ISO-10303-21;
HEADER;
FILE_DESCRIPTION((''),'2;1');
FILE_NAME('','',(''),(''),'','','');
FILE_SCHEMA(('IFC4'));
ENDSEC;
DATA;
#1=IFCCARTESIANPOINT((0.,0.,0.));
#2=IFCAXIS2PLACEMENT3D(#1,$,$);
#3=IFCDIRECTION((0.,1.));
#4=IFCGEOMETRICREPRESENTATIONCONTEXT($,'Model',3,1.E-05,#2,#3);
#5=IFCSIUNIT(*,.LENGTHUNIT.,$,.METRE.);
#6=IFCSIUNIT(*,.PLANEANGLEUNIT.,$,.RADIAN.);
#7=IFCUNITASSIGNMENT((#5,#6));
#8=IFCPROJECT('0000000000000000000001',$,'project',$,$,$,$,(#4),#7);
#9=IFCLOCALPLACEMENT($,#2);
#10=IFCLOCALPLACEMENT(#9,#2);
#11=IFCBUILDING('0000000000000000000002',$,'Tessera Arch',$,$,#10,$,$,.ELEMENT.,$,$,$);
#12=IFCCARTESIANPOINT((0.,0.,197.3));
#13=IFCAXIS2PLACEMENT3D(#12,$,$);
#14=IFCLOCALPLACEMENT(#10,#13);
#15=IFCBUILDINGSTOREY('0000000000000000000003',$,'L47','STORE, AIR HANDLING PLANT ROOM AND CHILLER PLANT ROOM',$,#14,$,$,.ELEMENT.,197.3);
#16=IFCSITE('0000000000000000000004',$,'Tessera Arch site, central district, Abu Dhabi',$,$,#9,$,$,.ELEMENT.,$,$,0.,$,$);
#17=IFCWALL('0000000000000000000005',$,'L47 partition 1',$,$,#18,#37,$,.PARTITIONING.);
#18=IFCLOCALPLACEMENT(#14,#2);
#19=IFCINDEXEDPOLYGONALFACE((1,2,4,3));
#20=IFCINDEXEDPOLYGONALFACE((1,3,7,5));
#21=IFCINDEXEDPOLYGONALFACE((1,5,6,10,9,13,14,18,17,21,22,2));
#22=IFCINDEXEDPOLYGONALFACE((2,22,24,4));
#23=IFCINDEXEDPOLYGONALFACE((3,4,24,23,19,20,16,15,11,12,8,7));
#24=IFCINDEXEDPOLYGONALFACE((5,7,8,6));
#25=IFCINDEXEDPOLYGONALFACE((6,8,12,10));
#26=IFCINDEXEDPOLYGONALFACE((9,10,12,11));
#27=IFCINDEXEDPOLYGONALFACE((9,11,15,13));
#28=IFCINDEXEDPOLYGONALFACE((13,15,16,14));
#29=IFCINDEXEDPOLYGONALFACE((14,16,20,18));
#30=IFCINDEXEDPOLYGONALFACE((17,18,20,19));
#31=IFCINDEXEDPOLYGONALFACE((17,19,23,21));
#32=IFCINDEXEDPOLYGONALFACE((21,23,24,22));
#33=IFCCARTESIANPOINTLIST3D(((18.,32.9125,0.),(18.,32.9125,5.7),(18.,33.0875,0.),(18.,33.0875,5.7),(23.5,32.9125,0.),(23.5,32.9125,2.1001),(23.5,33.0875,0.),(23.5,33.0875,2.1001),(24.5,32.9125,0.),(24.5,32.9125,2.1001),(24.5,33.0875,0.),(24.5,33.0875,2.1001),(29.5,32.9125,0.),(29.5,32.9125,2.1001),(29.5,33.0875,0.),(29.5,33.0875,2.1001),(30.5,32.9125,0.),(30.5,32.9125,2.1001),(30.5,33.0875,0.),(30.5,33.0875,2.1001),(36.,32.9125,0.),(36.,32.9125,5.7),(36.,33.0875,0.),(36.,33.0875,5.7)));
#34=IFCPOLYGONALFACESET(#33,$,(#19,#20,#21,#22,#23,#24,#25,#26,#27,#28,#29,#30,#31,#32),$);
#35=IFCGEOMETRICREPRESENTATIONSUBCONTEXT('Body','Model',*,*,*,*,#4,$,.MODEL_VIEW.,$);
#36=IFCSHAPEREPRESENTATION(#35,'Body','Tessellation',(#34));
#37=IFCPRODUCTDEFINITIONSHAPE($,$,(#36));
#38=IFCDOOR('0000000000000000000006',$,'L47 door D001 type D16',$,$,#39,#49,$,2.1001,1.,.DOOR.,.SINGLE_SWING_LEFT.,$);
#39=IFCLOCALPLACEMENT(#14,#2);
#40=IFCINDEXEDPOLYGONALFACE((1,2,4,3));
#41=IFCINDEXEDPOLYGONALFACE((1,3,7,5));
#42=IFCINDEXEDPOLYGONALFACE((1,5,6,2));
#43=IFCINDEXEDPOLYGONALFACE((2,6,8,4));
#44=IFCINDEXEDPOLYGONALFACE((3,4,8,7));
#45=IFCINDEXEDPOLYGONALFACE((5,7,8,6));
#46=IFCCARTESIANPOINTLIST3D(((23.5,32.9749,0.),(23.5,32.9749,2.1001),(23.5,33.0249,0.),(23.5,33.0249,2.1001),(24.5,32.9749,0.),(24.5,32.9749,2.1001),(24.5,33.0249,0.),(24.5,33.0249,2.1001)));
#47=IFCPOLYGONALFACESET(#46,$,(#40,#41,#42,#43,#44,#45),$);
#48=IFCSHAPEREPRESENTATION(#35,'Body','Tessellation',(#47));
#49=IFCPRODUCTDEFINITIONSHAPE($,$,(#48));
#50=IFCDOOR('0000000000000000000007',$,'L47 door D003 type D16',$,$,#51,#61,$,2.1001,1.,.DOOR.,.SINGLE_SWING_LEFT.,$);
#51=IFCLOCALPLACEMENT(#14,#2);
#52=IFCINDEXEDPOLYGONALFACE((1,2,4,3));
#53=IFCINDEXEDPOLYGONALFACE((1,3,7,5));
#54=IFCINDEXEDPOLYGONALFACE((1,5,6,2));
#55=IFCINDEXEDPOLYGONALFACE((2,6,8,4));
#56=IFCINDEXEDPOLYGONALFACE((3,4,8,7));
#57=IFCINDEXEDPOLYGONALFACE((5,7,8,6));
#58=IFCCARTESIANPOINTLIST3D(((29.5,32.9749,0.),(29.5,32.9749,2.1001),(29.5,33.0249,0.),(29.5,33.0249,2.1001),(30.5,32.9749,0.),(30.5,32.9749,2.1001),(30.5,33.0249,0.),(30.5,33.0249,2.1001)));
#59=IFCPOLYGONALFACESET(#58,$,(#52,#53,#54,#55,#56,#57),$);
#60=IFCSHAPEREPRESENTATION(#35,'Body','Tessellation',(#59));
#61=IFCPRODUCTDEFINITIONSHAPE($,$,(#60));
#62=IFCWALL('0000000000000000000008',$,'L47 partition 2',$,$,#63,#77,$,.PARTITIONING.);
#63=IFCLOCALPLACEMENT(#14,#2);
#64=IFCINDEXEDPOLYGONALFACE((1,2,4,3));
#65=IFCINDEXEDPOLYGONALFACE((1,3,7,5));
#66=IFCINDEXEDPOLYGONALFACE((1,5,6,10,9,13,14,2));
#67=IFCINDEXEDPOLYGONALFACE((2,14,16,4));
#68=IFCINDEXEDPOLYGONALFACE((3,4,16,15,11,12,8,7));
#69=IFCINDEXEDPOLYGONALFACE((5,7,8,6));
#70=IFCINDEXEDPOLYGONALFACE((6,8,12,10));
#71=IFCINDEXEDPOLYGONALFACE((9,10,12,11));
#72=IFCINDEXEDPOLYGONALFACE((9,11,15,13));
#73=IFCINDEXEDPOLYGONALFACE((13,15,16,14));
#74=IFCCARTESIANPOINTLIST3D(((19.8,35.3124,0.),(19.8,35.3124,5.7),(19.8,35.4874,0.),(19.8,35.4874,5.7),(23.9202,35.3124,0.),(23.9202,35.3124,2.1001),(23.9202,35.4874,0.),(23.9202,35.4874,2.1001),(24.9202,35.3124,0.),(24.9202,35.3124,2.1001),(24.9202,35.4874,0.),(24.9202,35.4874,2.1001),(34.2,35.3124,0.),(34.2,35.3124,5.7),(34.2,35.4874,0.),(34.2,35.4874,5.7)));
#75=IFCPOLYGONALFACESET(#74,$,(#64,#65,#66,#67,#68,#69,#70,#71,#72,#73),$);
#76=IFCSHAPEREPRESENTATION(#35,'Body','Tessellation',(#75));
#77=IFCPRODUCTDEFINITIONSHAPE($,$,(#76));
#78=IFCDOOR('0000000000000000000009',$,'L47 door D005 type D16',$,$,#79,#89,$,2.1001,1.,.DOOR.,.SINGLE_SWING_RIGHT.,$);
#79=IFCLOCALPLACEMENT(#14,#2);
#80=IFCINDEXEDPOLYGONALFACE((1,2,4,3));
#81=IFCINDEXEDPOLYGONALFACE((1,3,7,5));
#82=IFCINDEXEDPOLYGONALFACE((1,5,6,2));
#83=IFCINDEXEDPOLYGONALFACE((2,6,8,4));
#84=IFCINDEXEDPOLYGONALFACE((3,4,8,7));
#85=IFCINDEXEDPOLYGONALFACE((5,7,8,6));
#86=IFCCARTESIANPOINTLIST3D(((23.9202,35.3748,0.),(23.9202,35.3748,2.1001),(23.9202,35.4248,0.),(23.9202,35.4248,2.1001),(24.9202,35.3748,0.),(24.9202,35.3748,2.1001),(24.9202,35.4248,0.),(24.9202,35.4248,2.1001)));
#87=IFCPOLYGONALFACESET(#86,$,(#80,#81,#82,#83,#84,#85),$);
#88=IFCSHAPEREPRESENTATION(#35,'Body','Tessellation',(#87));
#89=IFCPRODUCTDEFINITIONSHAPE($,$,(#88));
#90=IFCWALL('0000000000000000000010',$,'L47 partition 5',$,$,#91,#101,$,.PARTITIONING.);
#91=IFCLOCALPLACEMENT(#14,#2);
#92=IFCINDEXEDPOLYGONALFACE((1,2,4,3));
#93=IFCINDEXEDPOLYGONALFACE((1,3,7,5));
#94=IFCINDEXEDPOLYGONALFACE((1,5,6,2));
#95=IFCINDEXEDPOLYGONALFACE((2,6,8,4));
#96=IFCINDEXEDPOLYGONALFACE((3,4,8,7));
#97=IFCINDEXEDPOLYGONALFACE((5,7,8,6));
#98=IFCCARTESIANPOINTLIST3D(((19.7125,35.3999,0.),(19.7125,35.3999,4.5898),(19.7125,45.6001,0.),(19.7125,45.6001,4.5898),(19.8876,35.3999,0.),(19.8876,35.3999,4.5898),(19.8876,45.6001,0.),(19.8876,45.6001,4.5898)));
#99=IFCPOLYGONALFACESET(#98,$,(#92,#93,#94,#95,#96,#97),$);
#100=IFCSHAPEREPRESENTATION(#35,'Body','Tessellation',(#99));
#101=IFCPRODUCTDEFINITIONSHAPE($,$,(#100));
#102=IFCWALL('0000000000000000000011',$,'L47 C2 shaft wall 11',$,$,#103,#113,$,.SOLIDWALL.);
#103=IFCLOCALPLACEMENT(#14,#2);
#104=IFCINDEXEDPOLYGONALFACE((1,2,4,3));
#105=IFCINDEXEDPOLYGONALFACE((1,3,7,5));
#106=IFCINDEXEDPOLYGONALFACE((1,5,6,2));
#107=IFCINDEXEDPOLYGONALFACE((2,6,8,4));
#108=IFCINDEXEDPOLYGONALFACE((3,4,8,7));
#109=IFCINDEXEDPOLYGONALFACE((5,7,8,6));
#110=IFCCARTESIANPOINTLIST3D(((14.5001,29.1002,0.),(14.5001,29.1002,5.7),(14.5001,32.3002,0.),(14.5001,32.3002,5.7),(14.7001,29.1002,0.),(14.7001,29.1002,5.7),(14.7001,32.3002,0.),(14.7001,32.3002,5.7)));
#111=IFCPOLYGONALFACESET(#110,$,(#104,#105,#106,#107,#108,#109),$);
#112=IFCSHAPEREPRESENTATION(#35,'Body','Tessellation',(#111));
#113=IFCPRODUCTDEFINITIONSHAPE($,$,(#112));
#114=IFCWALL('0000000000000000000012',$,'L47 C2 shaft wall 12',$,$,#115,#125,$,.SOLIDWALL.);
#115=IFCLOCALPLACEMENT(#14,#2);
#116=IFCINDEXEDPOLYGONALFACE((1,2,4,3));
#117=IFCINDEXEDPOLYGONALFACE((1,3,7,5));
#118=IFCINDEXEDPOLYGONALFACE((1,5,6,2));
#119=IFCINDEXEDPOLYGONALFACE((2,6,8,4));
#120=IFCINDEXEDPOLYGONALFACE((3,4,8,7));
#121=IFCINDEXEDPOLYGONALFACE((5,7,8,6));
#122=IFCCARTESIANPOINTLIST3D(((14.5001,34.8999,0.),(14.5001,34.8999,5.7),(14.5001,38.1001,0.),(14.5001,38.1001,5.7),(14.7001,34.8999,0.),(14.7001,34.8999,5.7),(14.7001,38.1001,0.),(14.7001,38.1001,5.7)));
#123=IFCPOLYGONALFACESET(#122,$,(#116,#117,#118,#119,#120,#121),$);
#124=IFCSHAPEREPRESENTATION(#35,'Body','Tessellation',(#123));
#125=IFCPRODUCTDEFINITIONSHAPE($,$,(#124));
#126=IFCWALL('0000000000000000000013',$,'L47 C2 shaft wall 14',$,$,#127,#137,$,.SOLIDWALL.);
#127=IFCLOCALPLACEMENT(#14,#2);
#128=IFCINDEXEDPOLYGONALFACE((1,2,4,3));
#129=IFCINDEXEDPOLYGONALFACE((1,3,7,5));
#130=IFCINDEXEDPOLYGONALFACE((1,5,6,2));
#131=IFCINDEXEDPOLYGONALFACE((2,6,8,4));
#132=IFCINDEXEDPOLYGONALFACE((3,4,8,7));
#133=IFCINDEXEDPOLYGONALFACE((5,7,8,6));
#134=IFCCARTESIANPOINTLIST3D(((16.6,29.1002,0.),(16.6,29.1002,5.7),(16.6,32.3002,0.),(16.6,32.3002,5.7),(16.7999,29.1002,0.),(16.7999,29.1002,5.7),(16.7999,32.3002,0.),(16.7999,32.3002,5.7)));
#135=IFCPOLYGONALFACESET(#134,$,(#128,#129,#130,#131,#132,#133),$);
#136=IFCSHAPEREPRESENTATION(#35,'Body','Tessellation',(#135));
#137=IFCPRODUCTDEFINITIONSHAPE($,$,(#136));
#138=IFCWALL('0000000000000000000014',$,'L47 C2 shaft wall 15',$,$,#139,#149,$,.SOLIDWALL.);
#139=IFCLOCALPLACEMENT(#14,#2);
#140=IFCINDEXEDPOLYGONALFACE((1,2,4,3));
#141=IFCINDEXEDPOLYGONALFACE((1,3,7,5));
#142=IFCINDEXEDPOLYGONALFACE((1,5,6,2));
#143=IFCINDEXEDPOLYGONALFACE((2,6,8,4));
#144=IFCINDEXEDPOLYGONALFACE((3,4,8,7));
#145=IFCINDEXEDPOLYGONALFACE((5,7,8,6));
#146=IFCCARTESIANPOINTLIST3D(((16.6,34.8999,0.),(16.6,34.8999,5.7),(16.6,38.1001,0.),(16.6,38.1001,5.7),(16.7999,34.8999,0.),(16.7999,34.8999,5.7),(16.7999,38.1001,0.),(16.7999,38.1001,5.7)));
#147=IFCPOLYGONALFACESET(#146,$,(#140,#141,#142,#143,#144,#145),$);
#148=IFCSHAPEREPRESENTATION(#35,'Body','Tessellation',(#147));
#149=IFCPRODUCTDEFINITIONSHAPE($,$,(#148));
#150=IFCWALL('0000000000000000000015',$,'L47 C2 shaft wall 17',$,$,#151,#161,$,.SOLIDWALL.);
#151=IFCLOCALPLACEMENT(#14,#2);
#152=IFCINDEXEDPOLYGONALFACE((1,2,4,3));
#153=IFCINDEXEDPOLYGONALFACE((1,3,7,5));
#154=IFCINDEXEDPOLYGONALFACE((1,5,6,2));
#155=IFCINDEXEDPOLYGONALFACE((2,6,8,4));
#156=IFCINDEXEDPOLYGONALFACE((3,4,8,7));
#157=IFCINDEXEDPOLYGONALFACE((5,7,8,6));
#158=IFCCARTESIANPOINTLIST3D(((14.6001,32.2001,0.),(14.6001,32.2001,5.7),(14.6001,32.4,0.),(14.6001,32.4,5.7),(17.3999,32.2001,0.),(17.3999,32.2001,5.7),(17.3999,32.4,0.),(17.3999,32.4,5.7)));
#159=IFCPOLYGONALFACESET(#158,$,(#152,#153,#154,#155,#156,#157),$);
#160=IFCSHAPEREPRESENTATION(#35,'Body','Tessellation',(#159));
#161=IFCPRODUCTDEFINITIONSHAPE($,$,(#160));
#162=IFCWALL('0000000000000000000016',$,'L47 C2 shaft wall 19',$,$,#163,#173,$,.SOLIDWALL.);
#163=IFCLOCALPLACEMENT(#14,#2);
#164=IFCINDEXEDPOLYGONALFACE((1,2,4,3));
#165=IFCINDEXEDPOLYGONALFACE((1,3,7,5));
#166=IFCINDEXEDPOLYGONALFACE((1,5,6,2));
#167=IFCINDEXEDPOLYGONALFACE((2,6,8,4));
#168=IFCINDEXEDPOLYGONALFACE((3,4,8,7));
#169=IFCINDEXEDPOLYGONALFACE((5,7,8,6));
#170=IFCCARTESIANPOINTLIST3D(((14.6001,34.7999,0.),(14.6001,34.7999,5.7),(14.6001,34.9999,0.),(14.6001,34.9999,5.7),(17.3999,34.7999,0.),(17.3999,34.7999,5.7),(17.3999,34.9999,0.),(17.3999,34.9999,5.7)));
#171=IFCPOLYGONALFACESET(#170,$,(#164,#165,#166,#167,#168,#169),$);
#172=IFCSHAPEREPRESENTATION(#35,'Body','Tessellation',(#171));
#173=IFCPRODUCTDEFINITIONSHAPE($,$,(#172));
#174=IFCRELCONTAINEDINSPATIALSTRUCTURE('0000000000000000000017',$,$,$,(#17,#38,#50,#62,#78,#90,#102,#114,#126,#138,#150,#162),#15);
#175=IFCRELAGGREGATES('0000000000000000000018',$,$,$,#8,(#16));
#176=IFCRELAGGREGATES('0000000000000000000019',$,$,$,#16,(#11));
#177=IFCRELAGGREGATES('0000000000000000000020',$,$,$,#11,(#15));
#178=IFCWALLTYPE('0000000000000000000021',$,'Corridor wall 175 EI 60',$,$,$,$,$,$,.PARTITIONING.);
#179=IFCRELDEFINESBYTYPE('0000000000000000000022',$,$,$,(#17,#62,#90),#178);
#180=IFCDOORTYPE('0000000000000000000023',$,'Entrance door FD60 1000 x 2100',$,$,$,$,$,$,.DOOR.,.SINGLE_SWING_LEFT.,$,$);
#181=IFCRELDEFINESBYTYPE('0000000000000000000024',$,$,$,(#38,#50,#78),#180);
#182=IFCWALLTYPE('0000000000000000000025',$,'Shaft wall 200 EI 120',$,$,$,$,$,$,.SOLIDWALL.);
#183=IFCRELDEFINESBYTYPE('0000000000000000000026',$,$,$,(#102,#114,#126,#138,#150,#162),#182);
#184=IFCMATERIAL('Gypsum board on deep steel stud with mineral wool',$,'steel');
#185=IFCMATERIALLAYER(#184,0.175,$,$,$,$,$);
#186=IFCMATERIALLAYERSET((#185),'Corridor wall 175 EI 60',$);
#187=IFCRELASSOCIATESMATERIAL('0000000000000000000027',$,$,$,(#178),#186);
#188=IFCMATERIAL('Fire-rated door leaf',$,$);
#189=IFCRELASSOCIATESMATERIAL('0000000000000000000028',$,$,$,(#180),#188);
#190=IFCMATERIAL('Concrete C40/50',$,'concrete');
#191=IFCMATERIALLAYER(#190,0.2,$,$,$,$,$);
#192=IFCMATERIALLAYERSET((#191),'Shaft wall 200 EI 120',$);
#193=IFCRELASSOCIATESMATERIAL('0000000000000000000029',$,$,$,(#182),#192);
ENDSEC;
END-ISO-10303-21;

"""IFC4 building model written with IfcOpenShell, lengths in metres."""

from ifc_helpers import new_model, si_unit, direction, frame, frame_2d, origin, place, context, subcontext, project, spatial, rectangle, extrude, material, layer, layer_set, type_object, element, fill, save


model = new_model("IFC4")

# Units and contexts
model_context = context("Model", 3, precision=1e-05, world=origin(), true_north=direction((0.0, 1.0)))
body_context = subcontext(model_context, "Body", "Model", "MODEL_VIEW")
ifc_project = project(units=[si_unit("LENGTHUNIT", "METRE"), si_unit("PLANEANGLEUNIT", "RADIAN")], contexts=[model_context])

# Site, building, storey
site_placement = place(None, origin())
site = spatial("IfcSite", under=ifc_project, at=site_placement, Name="Tessera Arch site, central district, Abu Dhabi", CompositionType="ELEMENT", RefElevation=0.0)
building_placement = place(site_placement, origin())
building = spatial("IfcBuilding", under=site, at=building_placement, Name="Tessera Arch", CompositionType="ELEMENT")
storey_placement = place(building_placement, frame((0.0, 0.0, 197.3)))
storey = spatial("IfcBuildingStorey", under=building, at=storey_placement, Name="L47", Description="STORE, AIR HANDLING PLANT ROOM AND CHILLER PLANT ROOM", CompositionType="ELEMENT", Elevation=197.3)

# Wall, openings, doors
ifc_material_1 = material(Name="Gypsum board on deep steel stud with mineral wool", Category="steel")
ifc_layer_1 = layer(ifc_material_1, 0.175)
ifc_layer_set_1 = layer_set([ifc_layer_1], Name="Corridor wall 175 EI 60")
wall_type_1 = type_object("IfcWallType", Name="Corridor wall 175 EI 60", PredefinedType="PARTITIONING", material=ifc_layer_set_1)
wall_1_placement = place(storey_placement, frame((18.0, 33.0, 0.0), z_axis=(0.0, 0.0, 1.0), x_axis=(1.0, 0.0, 0.0)))
wall_1 = element("IfcWall", 1, at=wall_1_placement, inside=storey, type_object=wall_type_1, Name="L47 partition 1", PredefinedType="PARTITIONING", context=body_context, shape_type="SweptSolid", body=[
    extrude(rectangle(XDim=18.0, YDim=0.175, at=frame_2d((9.0, 0.0))), origin(), (0.0, 0.0, 1.0), 5.7),
])
opening_1_placement = place(wall_1_placement, frame((5.5, 0.0, 0.0)))
opening_1 = element("IfcOpeningElement", 2, at=opening_1_placement, cuts=wall_1, PredefinedType="OPENING", context=body_context, shape_type="SweptSolid", body=[
    extrude(rectangle(XDim=1.0, YDim=2.1001, at=frame_2d((0.5, 1.05))), frame((0.0, 0.0974, 0.0), z_axis=(0.0, -1.0, 0.0), x_axis=(1.0, 0.0, 0.0)), (0.0, 0.0, 1.0), 0.1951),
])
opening_2_placement = place(wall_1_placement, frame((11.5, 0.0, 0.0)))
opening_2 = element("IfcOpeningElement", 3, at=opening_2_placement, cuts=wall_1, PredefinedType="OPENING", context=body_context, shape_type="SweptSolid", body=[
    extrude(rectangle(XDim=1.0, YDim=2.1001, at=frame_2d((0.5, 1.05))), frame((0.0, 0.0974, 0.0), z_axis=(0.0, -1.0, 0.0), x_axis=(1.0, 0.0, 0.0)), (0.0, 0.0, 1.0), 0.1951),
])
ifc_material_2 = material(Name="Fire-rated door leaf")
door_type_1 = type_object("IfcDoorType", Name="Entrance door FD60 1000 x 2100", OperationType="SINGLE_SWING_LEFT", PredefinedType="DOOR", material=ifc_material_2)
door_1_placement = place(opening_1_placement, origin())
door_1 = element("IfcDoor", 4, at=door_1_placement, inside=storey, type_object=door_type_1, Name="L47 door D001 type D16", OperationType="SINGLE_SWING_LEFT", OverallHeight=2.1001, OverallWidth=1.0, PredefinedType="DOOR", context=body_context, shape_type="SweptSolid", body=[
    extrude(rectangle(XDim=1.0, YDim=2.1001, at=frame_2d((0.5, 1.05))), frame((0.0, 0.0249, 0.0), z_axis=(0.0, -1.0, 0.0), x_axis=(1.0, 0.0, 0.0)), (0.0, 0.0, 1.0), 0.05),
])
fill(opening_1, door_1)
door_2_placement = place(opening_2_placement, origin())
door_2 = element("IfcDoor", 5, at=door_2_placement, inside=storey, type_object=door_type_1, Name="L47 door D003 type D16", OperationType="SINGLE_SWING_LEFT", OverallHeight=2.1001, OverallWidth=1.0, PredefinedType="DOOR", context=body_context, shape_type="SweptSolid", body=[
    extrude(rectangle(XDim=1.0, YDim=2.1001, at=frame_2d((0.5, 1.05))), frame((0.0, 0.0249, 0.0), z_axis=(0.0, -1.0, 0.0), x_axis=(1.0, 0.0, 0.0)), (0.0, 0.0, 1.0), 0.05),
])
fill(opening_2, door_2)

# Wall, opening, door
wall_2_placement = place(storey_placement, frame((19.8, 35.3999, 0.0), z_axis=(0.0, 0.0, 1.0), x_axis=(1.0, 0.0, 0.0)))
wall_2 = element("IfcWall", 6, at=wall_2_placement, inside=storey, type_object=wall_type_1, Name="L47 partition 2", PredefinedType="PARTITIONING", context=body_context, shape_type="SweptSolid", body=[
    extrude(rectangle(XDim=14.3999, YDim=0.175, at=frame_2d((7.2, 0.0))), origin(), (0.0, 0.0, 1.0), 5.7),
])
opening_3_placement = place(wall_2_placement, frame((4.1201, 0.0, 0.0)))
opening_3 = element("IfcOpeningElement", 7, at=opening_3_placement, cuts=wall_2, PredefinedType="OPENING", context=body_context, shape_type="SweptSolid", body=[
    extrude(rectangle(XDim=1.0, YDim=2.1001, at=frame_2d((0.5, 1.05))), frame((0.0, 0.0974, 0.0), z_axis=(0.0, -1.0, 0.0), x_axis=(1.0, 0.0, 0.0)), (0.0, 0.0, 1.0), 0.1951),
])
door_3_placement = place(opening_3_placement, origin())
door_3 = element("IfcDoor", 8, at=door_3_placement, inside=storey, type_object=door_type_1, Name="L47 door D005 type D16", OperationType="SINGLE_SWING_RIGHT", OverallHeight=2.1001, OverallWidth=1.0, PredefinedType="DOOR", context=body_context, shape_type="SweptSolid", body=[
    extrude(rectangle(XDim=1.0, YDim=2.1001, at=frame_2d((0.5, 1.05))), frame((0.0, 0.0249, 0.0), z_axis=(0.0, -1.0, 0.0), x_axis=(1.0, 0.0, 0.0)), (0.0, 0.0, 1.0), 0.05),
])
fill(opening_3, door_3)

# Walls
wall_3_placement = place(storey_placement, frame((19.8, 35.3999, 0.0), z_axis=(0.0, 0.0, 1.0), x_axis=(0.0, 1.0, 0.0)))
element("IfcWall", 9, at=wall_3_placement, inside=storey, type_object=wall_type_1, Name="L47 partition 5", PredefinedType="PARTITIONING", context=body_context, shape_type="SweptSolid", body=[
    extrude(rectangle(XDim=10.2002, YDim=0.175, at=frame_2d((5.1001, 0.0))), origin(), (0.0, 0.0, 1.0), 4.5898),
])
ifc_material_3 = material(Name="Concrete C40/50", Category="concrete")
ifc_layer_2 = layer(ifc_material_3, 0.2)
ifc_layer_set_2 = layer_set([ifc_layer_2], Name="Shaft wall 200 EI 120")
wall_type_2 = type_object("IfcWallType", Name="Shaft wall 200 EI 120", PredefinedType="SOLIDWALL", material=ifc_layer_set_2)
wall_4_placement = place(storey_placement, frame((14.6001, 29.1001, 0.0), z_axis=(0.0, 0.0, 1.0), x_axis=(0.0, 1.0, 0.0)))
element("IfcWall", 10, at=wall_4_placement, inside=storey, type_object=wall_type_2, Name="L47 C2 shaft wall 11", PredefinedType="SOLIDWALL", context=body_context, shape_type="SweptSolid", body=[
    extrude(rectangle(XDim=3.2, YDim=0.2, at=frame_2d((1.6001, 0.0))), origin(), (0.0, 0.0, 1.0), 5.7),
])
wall_5_placement = place(storey_placement, frame((14.6001, 34.8999, 0.0), z_axis=(0.0, 0.0, 1.0), x_axis=(0.0, 1.0, 0.0)))
element("IfcWall", 11, at=wall_5_placement, inside=storey, type_object=wall_type_2, Name="L47 C2 shaft wall 12", PredefinedType="SOLIDWALL", context=body_context, shape_type="SweptSolid", body=[
    extrude(rectangle(XDim=3.2002, YDim=0.2, at=frame_2d((1.6001, 0.0))), origin(), (0.0, 0.0, 1.0), 5.7),
])
wall_6_placement = place(storey_placement, frame((16.7, 29.1001, 0.0), z_axis=(0.0, 0.0, 1.0), x_axis=(0.0, 1.0, 0.0)))
element("IfcWall", 12, at=wall_6_placement, inside=storey, type_object=wall_type_2, Name="L47 C2 shaft wall 14", PredefinedType="SOLIDWALL", context=body_context, shape_type="SweptSolid", body=[
    extrude(rectangle(XDim=3.2, YDim=0.2, at=frame_2d((1.6001, 0.0))), origin(), (0.0, 0.0, 1.0), 5.7),
])
wall_7_placement = place(storey_placement, frame((16.7, 34.8999, 0.0), z_axis=(0.0, 0.0, 1.0), x_axis=(0.0, 1.0, 0.0)))
element("IfcWall", 13, at=wall_7_placement, inside=storey, type_object=wall_type_2, Name="L47 C2 shaft wall 15", PredefinedType="SOLIDWALL", context=body_context, shape_type="SweptSolid", body=[
    extrude(rectangle(XDim=3.2002, YDim=0.2, at=frame_2d((1.6001, 0.0))), origin(), (0.0, 0.0, 1.0), 5.7),
])
for number, where, z_axis, x_axis, name in (
    (14, (14.6001, 32.3, 0.0), (0.0, 0.0, 1.0), (1.0, 0.0, 0.0), "L47 C2 shaft wall 17"),
    (15, (14.6001, 34.8999, 0.0), (0.0, 0.0, 1.0), (1.0, 0.0, 0.0), "L47 C2 shaft wall 19"),
):
    element("IfcWall", number, at=place(storey_placement, frame(where, z_axis=z_axis, x_axis=x_axis)), inside=storey, type_object=wall_type_2, Name=name, PredefinedType="SOLIDWALL", context=body_context, shape_type="SweptSolid", body=[
        extrude(rectangle(XDim=2.7998, YDim=0.2, at=frame_2d((1.3999, 0.0))), origin(), (0.0, 0.0, 1.0), 5.7),
    ])

save(model, "model.ifc")
